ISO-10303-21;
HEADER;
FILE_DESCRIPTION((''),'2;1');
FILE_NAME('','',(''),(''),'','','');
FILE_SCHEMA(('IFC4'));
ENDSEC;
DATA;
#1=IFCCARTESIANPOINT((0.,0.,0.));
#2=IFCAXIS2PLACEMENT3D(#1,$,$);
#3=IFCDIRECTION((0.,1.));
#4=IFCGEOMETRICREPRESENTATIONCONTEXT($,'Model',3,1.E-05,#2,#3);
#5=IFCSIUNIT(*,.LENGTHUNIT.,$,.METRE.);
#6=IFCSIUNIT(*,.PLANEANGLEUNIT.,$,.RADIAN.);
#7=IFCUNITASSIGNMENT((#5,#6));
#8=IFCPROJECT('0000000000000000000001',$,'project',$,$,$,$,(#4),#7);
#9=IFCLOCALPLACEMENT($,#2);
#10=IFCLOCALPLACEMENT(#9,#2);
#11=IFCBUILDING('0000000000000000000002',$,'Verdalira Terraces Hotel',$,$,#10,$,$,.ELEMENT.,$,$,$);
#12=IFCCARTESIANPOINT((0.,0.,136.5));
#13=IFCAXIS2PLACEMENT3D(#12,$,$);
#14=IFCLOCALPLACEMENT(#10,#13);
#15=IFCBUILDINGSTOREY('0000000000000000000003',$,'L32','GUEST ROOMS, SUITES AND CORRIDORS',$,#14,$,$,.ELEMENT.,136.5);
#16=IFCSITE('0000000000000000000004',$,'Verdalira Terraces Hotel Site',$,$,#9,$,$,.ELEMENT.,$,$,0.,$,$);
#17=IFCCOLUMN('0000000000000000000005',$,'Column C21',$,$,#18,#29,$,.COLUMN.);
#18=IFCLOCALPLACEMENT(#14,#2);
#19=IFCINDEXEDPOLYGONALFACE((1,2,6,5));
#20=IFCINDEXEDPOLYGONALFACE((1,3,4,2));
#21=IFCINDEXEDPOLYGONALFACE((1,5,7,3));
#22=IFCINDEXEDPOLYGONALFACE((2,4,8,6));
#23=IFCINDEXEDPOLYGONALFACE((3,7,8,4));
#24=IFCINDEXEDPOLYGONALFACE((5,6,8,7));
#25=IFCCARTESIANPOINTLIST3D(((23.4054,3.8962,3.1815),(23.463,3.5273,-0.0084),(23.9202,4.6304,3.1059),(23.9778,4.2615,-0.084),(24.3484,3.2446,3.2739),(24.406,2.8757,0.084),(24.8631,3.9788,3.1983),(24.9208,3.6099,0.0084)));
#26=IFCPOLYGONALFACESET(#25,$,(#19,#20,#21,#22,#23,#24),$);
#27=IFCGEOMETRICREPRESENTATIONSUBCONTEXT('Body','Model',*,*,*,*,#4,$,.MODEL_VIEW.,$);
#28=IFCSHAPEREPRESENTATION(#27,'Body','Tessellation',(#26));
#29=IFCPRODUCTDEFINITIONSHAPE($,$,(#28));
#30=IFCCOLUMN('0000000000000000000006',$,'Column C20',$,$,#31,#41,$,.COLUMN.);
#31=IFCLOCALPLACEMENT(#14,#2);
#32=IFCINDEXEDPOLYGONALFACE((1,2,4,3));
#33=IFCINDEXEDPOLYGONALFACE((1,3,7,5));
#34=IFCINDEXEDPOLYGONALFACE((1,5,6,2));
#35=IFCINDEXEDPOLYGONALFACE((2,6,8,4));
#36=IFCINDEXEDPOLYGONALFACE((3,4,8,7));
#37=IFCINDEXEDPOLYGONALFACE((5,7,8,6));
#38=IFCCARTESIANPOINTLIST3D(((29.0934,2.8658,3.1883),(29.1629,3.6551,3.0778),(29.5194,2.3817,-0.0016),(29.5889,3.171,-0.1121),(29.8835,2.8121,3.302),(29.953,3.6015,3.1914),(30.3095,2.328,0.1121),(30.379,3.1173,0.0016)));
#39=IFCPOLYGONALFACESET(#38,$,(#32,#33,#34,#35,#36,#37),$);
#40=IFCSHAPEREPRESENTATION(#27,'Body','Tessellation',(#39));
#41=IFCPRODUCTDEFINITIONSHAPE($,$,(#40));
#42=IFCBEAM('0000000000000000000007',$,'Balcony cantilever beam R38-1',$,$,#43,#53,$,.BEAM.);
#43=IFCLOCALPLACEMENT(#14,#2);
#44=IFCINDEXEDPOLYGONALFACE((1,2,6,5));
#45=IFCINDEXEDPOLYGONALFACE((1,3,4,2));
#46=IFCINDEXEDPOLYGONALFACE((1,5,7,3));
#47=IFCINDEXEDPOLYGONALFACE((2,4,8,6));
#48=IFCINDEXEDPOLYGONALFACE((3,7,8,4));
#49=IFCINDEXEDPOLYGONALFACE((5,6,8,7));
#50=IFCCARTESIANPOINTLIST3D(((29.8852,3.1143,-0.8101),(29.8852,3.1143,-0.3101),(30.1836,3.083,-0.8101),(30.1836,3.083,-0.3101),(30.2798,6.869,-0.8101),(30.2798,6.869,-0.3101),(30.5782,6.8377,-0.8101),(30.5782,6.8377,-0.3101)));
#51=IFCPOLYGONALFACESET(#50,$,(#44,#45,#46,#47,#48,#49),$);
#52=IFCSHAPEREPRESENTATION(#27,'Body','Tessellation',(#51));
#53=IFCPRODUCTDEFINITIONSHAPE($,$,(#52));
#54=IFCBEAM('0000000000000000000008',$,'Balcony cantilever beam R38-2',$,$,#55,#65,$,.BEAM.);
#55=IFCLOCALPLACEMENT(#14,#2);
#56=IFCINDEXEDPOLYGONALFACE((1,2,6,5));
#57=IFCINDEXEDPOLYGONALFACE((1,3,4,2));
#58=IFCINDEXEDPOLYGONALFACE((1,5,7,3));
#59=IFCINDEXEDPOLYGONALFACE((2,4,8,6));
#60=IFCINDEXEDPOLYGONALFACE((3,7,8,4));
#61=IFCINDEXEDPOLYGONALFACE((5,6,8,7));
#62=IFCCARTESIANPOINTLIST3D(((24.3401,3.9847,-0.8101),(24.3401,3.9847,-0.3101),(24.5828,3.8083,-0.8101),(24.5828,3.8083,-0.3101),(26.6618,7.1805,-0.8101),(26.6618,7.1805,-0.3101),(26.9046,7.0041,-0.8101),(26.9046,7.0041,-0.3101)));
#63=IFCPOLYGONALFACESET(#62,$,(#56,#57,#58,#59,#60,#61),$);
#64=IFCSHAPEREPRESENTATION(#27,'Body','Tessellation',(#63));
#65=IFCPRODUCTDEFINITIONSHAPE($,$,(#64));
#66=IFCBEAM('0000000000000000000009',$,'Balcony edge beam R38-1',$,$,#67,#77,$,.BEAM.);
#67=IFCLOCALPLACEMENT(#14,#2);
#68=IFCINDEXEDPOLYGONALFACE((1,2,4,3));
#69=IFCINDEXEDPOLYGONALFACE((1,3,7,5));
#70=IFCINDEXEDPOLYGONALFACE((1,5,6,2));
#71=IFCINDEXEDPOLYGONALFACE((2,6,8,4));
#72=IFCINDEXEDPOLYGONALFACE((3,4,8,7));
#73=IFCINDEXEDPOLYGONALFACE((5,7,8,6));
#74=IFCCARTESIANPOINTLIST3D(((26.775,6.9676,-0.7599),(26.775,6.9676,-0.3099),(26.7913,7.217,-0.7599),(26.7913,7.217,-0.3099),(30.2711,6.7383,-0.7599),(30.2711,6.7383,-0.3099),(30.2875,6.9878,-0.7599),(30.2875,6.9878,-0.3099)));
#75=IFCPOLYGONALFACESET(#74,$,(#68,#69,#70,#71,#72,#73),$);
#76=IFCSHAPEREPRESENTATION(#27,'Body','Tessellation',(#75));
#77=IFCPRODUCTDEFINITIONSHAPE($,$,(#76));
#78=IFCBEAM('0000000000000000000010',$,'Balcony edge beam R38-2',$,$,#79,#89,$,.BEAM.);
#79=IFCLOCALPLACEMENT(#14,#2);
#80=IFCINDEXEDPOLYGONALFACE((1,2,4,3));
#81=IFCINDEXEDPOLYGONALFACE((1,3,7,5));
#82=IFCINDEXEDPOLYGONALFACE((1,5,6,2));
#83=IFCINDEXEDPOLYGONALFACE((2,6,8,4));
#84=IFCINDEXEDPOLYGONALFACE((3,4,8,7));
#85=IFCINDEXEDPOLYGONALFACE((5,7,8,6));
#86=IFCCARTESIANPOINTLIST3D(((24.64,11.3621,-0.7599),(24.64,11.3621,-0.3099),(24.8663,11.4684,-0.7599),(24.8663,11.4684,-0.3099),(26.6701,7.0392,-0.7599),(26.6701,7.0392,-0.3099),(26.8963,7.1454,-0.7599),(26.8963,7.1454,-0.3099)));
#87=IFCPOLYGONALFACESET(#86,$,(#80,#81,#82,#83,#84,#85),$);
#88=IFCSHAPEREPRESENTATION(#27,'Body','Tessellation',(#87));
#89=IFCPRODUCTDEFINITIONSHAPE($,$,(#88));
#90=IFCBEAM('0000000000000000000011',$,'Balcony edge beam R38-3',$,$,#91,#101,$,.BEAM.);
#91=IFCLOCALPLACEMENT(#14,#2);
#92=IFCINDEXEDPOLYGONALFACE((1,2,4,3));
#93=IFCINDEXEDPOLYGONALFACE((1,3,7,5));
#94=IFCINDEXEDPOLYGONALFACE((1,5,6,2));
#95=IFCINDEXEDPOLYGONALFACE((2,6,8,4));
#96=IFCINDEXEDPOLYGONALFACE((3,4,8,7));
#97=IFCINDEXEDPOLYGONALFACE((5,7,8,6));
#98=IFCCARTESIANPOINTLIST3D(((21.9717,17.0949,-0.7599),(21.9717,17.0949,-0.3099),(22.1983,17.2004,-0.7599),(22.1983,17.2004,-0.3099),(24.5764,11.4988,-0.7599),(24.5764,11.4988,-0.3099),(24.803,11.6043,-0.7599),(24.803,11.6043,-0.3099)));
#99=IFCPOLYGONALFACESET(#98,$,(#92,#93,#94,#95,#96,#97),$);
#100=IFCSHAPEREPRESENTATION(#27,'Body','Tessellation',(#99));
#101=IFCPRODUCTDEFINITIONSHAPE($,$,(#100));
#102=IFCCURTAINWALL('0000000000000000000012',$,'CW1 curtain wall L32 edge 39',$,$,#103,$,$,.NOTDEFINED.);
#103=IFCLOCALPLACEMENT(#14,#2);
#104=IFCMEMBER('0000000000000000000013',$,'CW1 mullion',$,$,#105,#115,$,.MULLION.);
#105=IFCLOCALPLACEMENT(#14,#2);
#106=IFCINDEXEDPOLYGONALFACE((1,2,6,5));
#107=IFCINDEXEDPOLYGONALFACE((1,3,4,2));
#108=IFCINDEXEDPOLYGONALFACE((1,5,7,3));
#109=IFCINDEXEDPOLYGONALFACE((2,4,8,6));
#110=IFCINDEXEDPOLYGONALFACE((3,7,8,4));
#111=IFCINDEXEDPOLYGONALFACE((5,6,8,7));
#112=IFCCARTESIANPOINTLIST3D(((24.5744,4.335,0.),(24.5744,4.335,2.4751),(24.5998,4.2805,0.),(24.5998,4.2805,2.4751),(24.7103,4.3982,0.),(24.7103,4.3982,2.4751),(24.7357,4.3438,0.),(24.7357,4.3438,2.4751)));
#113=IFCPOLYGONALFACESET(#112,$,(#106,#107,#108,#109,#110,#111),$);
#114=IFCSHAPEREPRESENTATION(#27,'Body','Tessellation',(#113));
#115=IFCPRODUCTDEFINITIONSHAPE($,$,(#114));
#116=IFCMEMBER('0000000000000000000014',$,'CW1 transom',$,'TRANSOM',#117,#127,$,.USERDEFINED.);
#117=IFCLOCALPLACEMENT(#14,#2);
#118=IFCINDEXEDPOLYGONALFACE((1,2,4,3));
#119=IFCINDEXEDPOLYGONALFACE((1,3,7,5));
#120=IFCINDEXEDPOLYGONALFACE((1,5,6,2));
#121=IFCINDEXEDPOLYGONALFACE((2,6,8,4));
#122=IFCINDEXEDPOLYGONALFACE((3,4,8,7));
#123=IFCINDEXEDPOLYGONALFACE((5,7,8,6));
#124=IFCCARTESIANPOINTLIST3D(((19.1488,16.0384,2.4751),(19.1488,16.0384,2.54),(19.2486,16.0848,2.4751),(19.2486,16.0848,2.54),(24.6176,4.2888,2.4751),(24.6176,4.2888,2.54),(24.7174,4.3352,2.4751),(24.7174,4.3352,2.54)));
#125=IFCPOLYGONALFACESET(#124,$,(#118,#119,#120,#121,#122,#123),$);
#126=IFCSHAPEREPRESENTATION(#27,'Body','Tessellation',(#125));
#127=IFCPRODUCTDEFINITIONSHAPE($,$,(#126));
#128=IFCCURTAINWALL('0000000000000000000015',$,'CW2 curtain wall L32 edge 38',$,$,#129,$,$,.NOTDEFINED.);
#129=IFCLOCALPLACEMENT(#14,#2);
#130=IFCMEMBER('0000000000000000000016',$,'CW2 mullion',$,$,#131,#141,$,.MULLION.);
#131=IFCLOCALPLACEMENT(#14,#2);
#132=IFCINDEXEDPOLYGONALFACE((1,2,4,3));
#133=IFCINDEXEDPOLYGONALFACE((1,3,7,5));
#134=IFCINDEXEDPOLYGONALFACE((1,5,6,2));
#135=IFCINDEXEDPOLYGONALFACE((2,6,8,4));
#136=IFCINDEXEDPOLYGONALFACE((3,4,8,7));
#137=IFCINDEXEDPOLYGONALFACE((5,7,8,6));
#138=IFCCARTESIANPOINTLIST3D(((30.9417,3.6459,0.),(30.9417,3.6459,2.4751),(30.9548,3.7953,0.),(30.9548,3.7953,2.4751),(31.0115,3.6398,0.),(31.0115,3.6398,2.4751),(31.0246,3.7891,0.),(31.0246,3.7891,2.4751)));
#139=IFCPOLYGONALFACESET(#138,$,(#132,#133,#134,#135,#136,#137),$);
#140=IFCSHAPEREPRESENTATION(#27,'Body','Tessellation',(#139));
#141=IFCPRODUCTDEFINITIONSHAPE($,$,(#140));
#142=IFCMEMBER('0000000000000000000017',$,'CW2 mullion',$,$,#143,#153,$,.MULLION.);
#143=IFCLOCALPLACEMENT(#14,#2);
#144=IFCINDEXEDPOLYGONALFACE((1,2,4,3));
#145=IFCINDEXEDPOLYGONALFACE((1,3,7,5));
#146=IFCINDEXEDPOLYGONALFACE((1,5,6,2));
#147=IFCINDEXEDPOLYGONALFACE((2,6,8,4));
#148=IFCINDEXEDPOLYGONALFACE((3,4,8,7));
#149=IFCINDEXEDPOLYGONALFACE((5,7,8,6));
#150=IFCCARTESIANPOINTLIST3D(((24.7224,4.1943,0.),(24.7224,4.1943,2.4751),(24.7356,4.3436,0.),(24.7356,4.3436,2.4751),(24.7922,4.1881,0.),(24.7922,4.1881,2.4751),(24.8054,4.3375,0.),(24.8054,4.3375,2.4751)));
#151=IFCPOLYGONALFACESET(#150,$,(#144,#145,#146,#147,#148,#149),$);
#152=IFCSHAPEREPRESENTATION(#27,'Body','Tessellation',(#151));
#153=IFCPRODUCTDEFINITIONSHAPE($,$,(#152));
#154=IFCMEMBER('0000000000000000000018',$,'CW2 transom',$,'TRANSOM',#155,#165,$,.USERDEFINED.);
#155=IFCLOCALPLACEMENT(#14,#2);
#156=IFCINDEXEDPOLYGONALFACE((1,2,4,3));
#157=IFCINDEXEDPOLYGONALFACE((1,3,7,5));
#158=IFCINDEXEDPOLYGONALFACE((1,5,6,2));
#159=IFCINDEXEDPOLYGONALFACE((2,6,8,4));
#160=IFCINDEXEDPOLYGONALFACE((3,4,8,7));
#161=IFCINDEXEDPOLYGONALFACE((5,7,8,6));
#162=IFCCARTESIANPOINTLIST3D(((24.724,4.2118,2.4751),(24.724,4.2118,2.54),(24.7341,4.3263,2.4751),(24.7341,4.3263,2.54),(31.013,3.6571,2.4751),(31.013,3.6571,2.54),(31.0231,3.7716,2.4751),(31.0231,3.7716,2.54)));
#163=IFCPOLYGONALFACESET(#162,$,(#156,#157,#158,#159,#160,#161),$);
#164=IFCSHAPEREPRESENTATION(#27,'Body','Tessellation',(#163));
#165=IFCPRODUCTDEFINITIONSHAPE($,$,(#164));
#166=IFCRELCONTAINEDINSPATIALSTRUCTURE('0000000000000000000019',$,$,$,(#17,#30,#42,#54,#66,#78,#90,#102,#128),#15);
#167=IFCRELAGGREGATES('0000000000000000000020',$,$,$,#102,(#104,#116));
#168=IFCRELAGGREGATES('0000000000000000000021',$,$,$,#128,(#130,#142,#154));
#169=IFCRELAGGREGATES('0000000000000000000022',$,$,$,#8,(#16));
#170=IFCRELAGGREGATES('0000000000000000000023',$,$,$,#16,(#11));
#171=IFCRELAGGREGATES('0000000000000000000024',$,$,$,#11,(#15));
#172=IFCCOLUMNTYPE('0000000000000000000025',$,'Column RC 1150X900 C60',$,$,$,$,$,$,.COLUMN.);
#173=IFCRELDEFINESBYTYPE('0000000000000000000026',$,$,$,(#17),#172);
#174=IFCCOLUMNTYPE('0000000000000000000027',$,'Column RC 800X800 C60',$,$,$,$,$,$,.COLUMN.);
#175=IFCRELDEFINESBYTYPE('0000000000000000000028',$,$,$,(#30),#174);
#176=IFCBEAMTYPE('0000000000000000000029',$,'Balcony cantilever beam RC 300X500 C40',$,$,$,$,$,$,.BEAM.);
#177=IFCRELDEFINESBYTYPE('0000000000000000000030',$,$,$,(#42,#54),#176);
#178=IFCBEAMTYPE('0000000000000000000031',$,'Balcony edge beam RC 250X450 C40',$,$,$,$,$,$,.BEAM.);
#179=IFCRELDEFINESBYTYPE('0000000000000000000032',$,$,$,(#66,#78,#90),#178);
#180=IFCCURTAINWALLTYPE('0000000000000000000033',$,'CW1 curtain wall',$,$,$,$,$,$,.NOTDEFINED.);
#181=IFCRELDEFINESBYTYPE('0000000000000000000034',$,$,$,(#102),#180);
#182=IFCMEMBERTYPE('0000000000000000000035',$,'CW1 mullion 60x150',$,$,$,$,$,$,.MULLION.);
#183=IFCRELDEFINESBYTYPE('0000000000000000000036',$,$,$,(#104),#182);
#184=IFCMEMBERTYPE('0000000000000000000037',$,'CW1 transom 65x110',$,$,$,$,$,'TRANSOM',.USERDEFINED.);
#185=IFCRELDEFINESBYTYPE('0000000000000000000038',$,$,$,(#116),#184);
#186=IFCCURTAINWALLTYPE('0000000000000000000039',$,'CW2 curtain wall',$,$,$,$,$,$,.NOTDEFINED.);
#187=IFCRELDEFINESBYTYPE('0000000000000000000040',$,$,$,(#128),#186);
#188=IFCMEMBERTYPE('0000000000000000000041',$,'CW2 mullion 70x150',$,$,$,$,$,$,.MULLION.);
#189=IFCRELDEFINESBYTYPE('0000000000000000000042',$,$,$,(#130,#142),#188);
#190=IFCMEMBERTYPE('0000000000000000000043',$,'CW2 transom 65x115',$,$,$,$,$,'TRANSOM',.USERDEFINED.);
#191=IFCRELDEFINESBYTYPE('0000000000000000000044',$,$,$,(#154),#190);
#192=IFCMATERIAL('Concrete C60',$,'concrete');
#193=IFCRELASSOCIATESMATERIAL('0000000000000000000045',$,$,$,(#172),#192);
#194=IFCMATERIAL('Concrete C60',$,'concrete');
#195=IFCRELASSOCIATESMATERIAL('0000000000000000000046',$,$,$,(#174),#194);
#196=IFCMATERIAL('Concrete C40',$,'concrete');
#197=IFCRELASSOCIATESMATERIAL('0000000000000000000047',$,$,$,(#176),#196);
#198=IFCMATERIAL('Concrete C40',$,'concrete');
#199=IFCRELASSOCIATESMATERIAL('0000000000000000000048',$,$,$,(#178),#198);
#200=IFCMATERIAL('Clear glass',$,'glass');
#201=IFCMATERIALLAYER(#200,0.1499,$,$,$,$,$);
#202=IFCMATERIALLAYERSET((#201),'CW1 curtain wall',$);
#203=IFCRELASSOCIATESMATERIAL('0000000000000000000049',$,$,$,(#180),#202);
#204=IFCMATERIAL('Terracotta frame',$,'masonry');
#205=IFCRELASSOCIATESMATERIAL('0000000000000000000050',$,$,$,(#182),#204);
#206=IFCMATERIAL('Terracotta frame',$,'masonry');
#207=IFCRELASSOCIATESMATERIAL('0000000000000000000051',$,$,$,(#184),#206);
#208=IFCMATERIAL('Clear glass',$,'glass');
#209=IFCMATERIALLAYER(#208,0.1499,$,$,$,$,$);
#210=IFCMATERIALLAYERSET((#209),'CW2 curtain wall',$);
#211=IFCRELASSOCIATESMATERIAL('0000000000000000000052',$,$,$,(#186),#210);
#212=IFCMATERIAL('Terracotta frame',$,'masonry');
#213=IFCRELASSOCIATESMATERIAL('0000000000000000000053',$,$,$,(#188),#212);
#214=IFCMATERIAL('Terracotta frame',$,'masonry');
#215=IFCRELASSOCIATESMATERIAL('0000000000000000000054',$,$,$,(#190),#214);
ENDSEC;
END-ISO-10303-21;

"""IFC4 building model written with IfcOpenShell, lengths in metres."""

from ifc_helpers import new_model, si_unit, direction, frame, origin, origin_2d, place, context, subcontext, project, spatial, rectangle, extrude, material, layer, layer_set, material_profile, profile_set, type_object, element, aggregate, save


model = new_model("IFC4")

# Units and contexts
model_context = context("Model", 3, precision=1e-05, world=origin(), true_north=direction((0.0, 1.0)))
body_context = subcontext(model_context, "Body", "Model", "MODEL_VIEW")
ifc_project = project(units=[si_unit("LENGTHUNIT", "METRE"), si_unit("PLANEANGLEUNIT", "RADIAN")], contexts=[model_context])

# Site, building, storey
site_placement = place(None, origin())
site = spatial("IfcSite", under=ifc_project, at=site_placement, Name="Verdalira Terraces Hotel Site", CompositionType="ELEMENT", RefElevation=0.0)
building_placement = place(site_placement, origin())
building = spatial("IfcBuilding", under=site, at=building_placement, Name="Verdalira Terraces Hotel", CompositionType="ELEMENT")
storey_placement = place(building_placement, frame((0.0, 0.0, 136.5)))
storey = spatial("IfcBuildingStorey", under=building, at=storey_placement, Name="L32", Description="GUEST ROOMS, SUITES AND CORRIDORS", CompositionType="ELEMENT", Elevation=136.5)

# Columns
ifc_material_1 = material(Name="Concrete C60", Category="concrete")
ifc_material_profile_1 = material_profile(ifc_material_1, rectangle(XDim=1.1499, YDim=0.8999, at=origin_2d()), Name="RC 1150X900")
ifc_profile_set_1 = profile_set([ifc_material_profile_1], Name="Concrete C60")
column_type_1 = type_object("IfcColumnType", Name="Column RC 1150X900 C60", PredefinedType="COLUMN", material=ifc_profile_set_1)
column_1_placement = place(storey_placement, frame((24.1919, 3.5686, 0.0), z_axis=(-0.01794, 0.11486, 0.99322), x_axis=(0.820036, -0.566644, 0.08034)))
element("IfcColumn", 1, at=column_1_placement, inside=storey, type_object=column_type_1, Name="Column C21", PredefinedType="COLUMN", context=body_context, shape_type="SweptSolid", body=[
    extrude(rectangle(XDim=1.1499, YDim=0.8999, at=origin_2d()), origin(), (0.0, 0.0, 1.0), 3.2117),
])
ifc_material_2 = material(Name="Concrete C60", Category="concrete")
ifc_material_profile_2 = material_profile(ifc_material_2, rectangle(XDim=0.8, YDim=0.8, at=origin_2d()), Name="RC 800X800")
ifc_profile_set_2 = profile_set([ifc_material_profile_2], Name="Concrete C60")
column_type_2 = type_object("IfcColumnType", Name="Column RC 800X800 C60", PredefinedType="COLUMN", material=ifc_profile_set_2)
column_2_placement = place(storey_placement, frame((29.9492, 2.7495, 0.0), z_axis=(-0.130904, 0.148759, 0.980171), x_axis=(-0.987579, 0.067096, -0.142077)))
element("IfcColumn", 2, at=column_2_placement, inside=storey, type_object=column_type_2, Name="Column C20", PredefinedType="COLUMN", context=body_context, shape_type="SweptSolid", body=[
    extrude(rectangle(XDim=0.8, YDim=0.8, at=origin_2d()), origin(), (0.0, 0.0, 1.0), 3.2544),
])

# Beams
ifc_material_3 = material(Name="Concrete C40", Category="concrete")
ifc_material_profile_3 = material_profile(ifc_material_3, rectangle(XDim=0.3, YDim=0.5, at=origin_2d()), Name="RC 300X500")
ifc_profile_set_3 = profile_set([ifc_material_profile_3], Name="Concrete C40")
beam_type_1 = type_object("IfcBeamType", Name="Balcony cantilever beam RC 300X500 C40", PredefinedType="BEAM", material=ifc_profile_set_3)
beam_1_placement = place(storey_placement, frame((30.0344, 3.0986, -0.5601), z_axis=(0.104503, 0.994525, 0.0), x_axis=(-0.994525, 0.104503, 0.0)))
element("IfcBeam", 3, at=beam_1_placement, inside=storey, type_object=beam_type_1, Name="Balcony cantilever beam R38-1", PredefinedType="BEAM", context=body_context, shape_type="SweptSolid", body=[
    extrude(rectangle(XDim=0.3, YDim=0.5, at=origin_2d()), origin(), (0.0, 0.0, 1.0), 3.7754),
])
beam_2_placement = place(storey_placement, frame((24.4614, 3.8965, -0.5601), z_axis=(0.587767, 0.80903, 0.0), x_axis=(-0.80903, 0.587767, 0.0)))
element("IfcBeam", 4, at=beam_2_placement, inside=storey, type_object=beam_type_1, Name="Balcony cantilever beam R38-2", PredefinedType="BEAM", context=body_context, shape_type="SweptSolid", body=[
    extrude(rectangle(XDim=0.3, YDim=0.5, at=origin_2d()), origin(), (0.0, 0.0, 1.0), 3.9502),
])
ifc_material_4 = material(Name="Concrete C40", Category="concrete")
ifc_material_profile_4 = material_profile(ifc_material_4, rectangle(XDim=0.25, YDim=0.45, at=origin_2d()), Name="RC 250X450")
ifc_profile_set_4 = profile_set([ifc_material_profile_4], Name="Concrete C40")
beam_type_2 = type_object("IfcBeamType", Name="Balcony edge beam RC 250X450 C40", PredefinedType="BEAM", material=ifc_profile_set_4)
beam_3_placement = place(storey_placement, frame((30.2793, 6.863, -0.5349), z_axis=(-0.997857, 0.065432, 0.0), x_axis=(-0.065432, -0.997857, 0.0)))
element("IfcBeam", 5, at=beam_3_placement, inside=storey, type_object=beam_type_2, Name="Balcony edge beam R38-1", PredefinedType="BEAM", context=body_context, shape_type="SweptSolid", body=[
    extrude(rectangle(XDim=0.25, YDim=0.45, at=origin_2d()), origin(), (0.0, 0.0, 1.0), 3.5037),
])
beam_4_placement = place(storey_placement, frame((26.7832, 7.0923, -0.5349), z_axis=(-0.425056, 0.905167, 0.0), x_axis=(-0.905167, -0.425056, 0.0)))
element("IfcBeam", 6, at=beam_4_placement, inside=storey, type_object=beam_type_2, Name="Balcony edge beam R38-2", PredefinedType="BEAM", context=body_context, shape_type="SweptSolid", body=[
    extrude(rectangle(XDim=0.25, YDim=0.45, at=origin_2d()), origin(), (0.0, 0.0, 1.0), 4.7759),
])
beam_5_placement = place(storey_placement, frame((24.6897, 11.5515, -0.5349), z_axis=(-0.421978, 0.906606, 0.0), x_axis=(-0.906606, -0.421978, 0.0)))
element("IfcBeam", 7, at=beam_5_placement, inside=storey, type_object=beam_type_2, Name="Balcony edge beam R38-3", PredefinedType="BEAM", context=body_context, shape_type="SweptSolid", body=[
    extrude(rectangle(XDim=0.25, YDim=0.45, at=origin_2d()), origin(), (0.0, 0.0, 1.0), 6.1726),
])

# Curtain walls, members
ifc_material_5 = material(Name="Clear glass", Category="glass")
ifc_layer_1 = layer(ifc_material_5, 0.1499)
ifc_layer_set_1 = layer_set([ifc_layer_1], Name="CW1 curtain wall")
curtain_wall_type_1 = type_object("IfcCurtainWallType", Name="CW1 curtain wall", PredefinedType="NOTDEFINED", material=ifc_layer_set_1)
curtain_wall_1_placement = place(storey_placement, origin())
curtain_wall_1 = element("IfcCurtainWall", 8, at=curtain_wall_1_placement, inside=storey, type_object=curtain_wall_type_1, Name="CW1 curtain wall L32 edge 39", PredefinedType="NOTDEFINED")
ifc_material_6 = material(Name="Terracotta frame", Category="masonry")
ifc_material_profile_5 = material_profile(ifc_material_6, rectangle(XDim=0.0601, YDim=0.1499, at=origin_2d()), Name="MU 60x150")
ifc_profile_set_5 = profile_set([ifc_material_profile_5], Name="Terracotta frame")
member_type_1 = type_object("IfcMemberType", Name="CW1 mullion 60x150", PredefinedType="MULLION", material=ifc_profile_set_5)
member_1_placement = place(storey_placement, frame((24.655, 4.3394, 0.0), z_axis=(0.0, 0.0, 1.0), x_axis=(-0.421985, 0.906603, 0.0)))
member_1 = element("IfcMember", 9, at=member_1_placement, type_object=member_type_1, Name="CW1 mullion", PredefinedType="MULLION", context=body_context, shape_type="SweptSolid", body=[
    extrude(rectangle(XDim=0.0601, YDim=0.1499, at=origin_2d()), origin(), (0.0, 0.0, 1.0), 2.4751),
])
ifc_material_7 = material(Name="Terracotta frame", Category="masonry")
ifc_material_profile_6 = material_profile(ifc_material_7, rectangle(XDim=0.1101, YDim=0.0649, at=origin_2d()), Name="TR 65x110")
ifc_profile_set_6 = profile_set([ifc_material_profile_6], Name="Terracotta frame")
member_type_2 = type_object("IfcMemberType", Name="CW1 transom 65x110", ElementType="TRANSOM", PredefinedType="USERDEFINED", material=ifc_profile_set_6)
member_2_placement = place(storey_placement, frame((24.6675, 4.312, 2.5076), z_axis=(-0.421976, 0.906607, 0.0), x_axis=(-0.906607, -0.421976, 0.0)))
member_2 = element("IfcMember", 10, at=member_2_placement, type_object=member_type_2, Name="CW1 transom", ObjectType="TRANSOM", PredefinedType="USERDEFINED", context=body_context, shape_type="SweptSolid", body=[
    extrude(rectangle(XDim=0.1101, YDim=0.0649, at=origin_2d()), origin(), (0.0, 0.0, 1.0), 12.96),
])
ifc_material_8 = material(Name="Clear glass", Category="glass")
ifc_layer_2 = layer(ifc_material_8, 0.1499)
ifc_layer_set_2 = layer_set([ifc_layer_2], Name="CW2 curtain wall")
curtain_wall_type_2 = type_object("IfcCurtainWallType", Name="CW2 curtain wall", PredefinedType="NOTDEFINED", material=ifc_layer_set_2)
curtain_wall_2_placement = place(storey_placement, origin())
curtain_wall_2 = element("IfcCurtainWall", 11, at=curtain_wall_2_placement, inside=storey, type_object=curtain_wall_type_2, Name="CW2 curtain wall L32 edge 38", PredefinedType="NOTDEFINED")
ifc_material_9 = material(Name="Terracotta frame", Category="masonry")
ifc_material_profile_7 = material_profile(ifc_material_9, rectangle(XDim=0.0701, YDim=0.1499, at=origin_2d()), Name="MU 70x150")
ifc_profile_set_7 = profile_set([ifc_material_profile_7], Name="Terracotta frame")
member_type_3 = type_object("IfcMemberType", Name="CW2 mullion 70x150", PredefinedType="MULLION", material=ifc_profile_set_7)
member_3_placement = place(storey_placement, frame((30.9832, 3.7175, 0.0), z_axis=(0.0, 0.0, 1.0), x_axis=(-0.996134, 0.087851, 0.0)))
member_3 = element("IfcMember", 12, at=member_3_placement, type_object=member_type_3, Name="CW2 mullion", PredefinedType="MULLION", context=body_context, shape_type="SweptSolid", body=[
    extrude(rectangle(XDim=0.0701, YDim=0.1499, at=origin_2d()), origin(), (0.0, 0.0, 1.0), 2.4751),
])
member_4_placement = place(storey_placement, frame((24.7639, 4.2659, 0.0), z_axis=(0.0, 0.0, 1.0), x_axis=(-0.996134, 0.087851, 0.0)))
member_4 = element("IfcMember", 13, at=member_4_placement, type_object=member_type_3, Name="CW2 mullion", PredefinedType="MULLION", context=body_context, shape_type="SweptSolid", body=[
    extrude(rectangle(XDim=0.0701, YDim=0.1499, at=origin_2d()), origin(), (0.0, 0.0, 1.0), 2.4751),
])
ifc_material_10 = material(Name="Terracotta frame", Category="masonry")
ifc_material_profile_8 = material_profile(ifc_material_10, rectangle(XDim=0.115, YDim=0.0649, at=origin_2d()), Name="TR 65x115")
ifc_profile_set_8 = profile_set([ifc_material_profile_8], Name="Terracotta frame")
member_type_4 = type_object("IfcMemberType", Name="CW2 transom 65x115", ElementType="TRANSOM", PredefinedType="USERDEFINED", material=ifc_profile_set_8)
member_5_placement = place(storey_placement, frame((31.0181, 3.7144, 2.5076), z_axis=(-0.996133, 0.087858, 0.0), x_axis=(-0.087858, -0.996133, 0.0)))
member_5 = element("IfcMember", 14, at=member_5_placement, type_object=member_type_4, Name="CW2 transom", ObjectType="TRANSOM", PredefinedType="USERDEFINED", context=body_context, shape_type="SweptSolid", body=[
    extrude(rectangle(XDim=0.115, YDim=0.0649, at=origin_2d()), origin(), (0.0, 0.0, 1.0), 6.3135),
])

aggregate(curtain_wall_1, [member_1, member_2])
aggregate(curtain_wall_2, [member_3, member_4, member_5])

save(model, "model.ifc")
